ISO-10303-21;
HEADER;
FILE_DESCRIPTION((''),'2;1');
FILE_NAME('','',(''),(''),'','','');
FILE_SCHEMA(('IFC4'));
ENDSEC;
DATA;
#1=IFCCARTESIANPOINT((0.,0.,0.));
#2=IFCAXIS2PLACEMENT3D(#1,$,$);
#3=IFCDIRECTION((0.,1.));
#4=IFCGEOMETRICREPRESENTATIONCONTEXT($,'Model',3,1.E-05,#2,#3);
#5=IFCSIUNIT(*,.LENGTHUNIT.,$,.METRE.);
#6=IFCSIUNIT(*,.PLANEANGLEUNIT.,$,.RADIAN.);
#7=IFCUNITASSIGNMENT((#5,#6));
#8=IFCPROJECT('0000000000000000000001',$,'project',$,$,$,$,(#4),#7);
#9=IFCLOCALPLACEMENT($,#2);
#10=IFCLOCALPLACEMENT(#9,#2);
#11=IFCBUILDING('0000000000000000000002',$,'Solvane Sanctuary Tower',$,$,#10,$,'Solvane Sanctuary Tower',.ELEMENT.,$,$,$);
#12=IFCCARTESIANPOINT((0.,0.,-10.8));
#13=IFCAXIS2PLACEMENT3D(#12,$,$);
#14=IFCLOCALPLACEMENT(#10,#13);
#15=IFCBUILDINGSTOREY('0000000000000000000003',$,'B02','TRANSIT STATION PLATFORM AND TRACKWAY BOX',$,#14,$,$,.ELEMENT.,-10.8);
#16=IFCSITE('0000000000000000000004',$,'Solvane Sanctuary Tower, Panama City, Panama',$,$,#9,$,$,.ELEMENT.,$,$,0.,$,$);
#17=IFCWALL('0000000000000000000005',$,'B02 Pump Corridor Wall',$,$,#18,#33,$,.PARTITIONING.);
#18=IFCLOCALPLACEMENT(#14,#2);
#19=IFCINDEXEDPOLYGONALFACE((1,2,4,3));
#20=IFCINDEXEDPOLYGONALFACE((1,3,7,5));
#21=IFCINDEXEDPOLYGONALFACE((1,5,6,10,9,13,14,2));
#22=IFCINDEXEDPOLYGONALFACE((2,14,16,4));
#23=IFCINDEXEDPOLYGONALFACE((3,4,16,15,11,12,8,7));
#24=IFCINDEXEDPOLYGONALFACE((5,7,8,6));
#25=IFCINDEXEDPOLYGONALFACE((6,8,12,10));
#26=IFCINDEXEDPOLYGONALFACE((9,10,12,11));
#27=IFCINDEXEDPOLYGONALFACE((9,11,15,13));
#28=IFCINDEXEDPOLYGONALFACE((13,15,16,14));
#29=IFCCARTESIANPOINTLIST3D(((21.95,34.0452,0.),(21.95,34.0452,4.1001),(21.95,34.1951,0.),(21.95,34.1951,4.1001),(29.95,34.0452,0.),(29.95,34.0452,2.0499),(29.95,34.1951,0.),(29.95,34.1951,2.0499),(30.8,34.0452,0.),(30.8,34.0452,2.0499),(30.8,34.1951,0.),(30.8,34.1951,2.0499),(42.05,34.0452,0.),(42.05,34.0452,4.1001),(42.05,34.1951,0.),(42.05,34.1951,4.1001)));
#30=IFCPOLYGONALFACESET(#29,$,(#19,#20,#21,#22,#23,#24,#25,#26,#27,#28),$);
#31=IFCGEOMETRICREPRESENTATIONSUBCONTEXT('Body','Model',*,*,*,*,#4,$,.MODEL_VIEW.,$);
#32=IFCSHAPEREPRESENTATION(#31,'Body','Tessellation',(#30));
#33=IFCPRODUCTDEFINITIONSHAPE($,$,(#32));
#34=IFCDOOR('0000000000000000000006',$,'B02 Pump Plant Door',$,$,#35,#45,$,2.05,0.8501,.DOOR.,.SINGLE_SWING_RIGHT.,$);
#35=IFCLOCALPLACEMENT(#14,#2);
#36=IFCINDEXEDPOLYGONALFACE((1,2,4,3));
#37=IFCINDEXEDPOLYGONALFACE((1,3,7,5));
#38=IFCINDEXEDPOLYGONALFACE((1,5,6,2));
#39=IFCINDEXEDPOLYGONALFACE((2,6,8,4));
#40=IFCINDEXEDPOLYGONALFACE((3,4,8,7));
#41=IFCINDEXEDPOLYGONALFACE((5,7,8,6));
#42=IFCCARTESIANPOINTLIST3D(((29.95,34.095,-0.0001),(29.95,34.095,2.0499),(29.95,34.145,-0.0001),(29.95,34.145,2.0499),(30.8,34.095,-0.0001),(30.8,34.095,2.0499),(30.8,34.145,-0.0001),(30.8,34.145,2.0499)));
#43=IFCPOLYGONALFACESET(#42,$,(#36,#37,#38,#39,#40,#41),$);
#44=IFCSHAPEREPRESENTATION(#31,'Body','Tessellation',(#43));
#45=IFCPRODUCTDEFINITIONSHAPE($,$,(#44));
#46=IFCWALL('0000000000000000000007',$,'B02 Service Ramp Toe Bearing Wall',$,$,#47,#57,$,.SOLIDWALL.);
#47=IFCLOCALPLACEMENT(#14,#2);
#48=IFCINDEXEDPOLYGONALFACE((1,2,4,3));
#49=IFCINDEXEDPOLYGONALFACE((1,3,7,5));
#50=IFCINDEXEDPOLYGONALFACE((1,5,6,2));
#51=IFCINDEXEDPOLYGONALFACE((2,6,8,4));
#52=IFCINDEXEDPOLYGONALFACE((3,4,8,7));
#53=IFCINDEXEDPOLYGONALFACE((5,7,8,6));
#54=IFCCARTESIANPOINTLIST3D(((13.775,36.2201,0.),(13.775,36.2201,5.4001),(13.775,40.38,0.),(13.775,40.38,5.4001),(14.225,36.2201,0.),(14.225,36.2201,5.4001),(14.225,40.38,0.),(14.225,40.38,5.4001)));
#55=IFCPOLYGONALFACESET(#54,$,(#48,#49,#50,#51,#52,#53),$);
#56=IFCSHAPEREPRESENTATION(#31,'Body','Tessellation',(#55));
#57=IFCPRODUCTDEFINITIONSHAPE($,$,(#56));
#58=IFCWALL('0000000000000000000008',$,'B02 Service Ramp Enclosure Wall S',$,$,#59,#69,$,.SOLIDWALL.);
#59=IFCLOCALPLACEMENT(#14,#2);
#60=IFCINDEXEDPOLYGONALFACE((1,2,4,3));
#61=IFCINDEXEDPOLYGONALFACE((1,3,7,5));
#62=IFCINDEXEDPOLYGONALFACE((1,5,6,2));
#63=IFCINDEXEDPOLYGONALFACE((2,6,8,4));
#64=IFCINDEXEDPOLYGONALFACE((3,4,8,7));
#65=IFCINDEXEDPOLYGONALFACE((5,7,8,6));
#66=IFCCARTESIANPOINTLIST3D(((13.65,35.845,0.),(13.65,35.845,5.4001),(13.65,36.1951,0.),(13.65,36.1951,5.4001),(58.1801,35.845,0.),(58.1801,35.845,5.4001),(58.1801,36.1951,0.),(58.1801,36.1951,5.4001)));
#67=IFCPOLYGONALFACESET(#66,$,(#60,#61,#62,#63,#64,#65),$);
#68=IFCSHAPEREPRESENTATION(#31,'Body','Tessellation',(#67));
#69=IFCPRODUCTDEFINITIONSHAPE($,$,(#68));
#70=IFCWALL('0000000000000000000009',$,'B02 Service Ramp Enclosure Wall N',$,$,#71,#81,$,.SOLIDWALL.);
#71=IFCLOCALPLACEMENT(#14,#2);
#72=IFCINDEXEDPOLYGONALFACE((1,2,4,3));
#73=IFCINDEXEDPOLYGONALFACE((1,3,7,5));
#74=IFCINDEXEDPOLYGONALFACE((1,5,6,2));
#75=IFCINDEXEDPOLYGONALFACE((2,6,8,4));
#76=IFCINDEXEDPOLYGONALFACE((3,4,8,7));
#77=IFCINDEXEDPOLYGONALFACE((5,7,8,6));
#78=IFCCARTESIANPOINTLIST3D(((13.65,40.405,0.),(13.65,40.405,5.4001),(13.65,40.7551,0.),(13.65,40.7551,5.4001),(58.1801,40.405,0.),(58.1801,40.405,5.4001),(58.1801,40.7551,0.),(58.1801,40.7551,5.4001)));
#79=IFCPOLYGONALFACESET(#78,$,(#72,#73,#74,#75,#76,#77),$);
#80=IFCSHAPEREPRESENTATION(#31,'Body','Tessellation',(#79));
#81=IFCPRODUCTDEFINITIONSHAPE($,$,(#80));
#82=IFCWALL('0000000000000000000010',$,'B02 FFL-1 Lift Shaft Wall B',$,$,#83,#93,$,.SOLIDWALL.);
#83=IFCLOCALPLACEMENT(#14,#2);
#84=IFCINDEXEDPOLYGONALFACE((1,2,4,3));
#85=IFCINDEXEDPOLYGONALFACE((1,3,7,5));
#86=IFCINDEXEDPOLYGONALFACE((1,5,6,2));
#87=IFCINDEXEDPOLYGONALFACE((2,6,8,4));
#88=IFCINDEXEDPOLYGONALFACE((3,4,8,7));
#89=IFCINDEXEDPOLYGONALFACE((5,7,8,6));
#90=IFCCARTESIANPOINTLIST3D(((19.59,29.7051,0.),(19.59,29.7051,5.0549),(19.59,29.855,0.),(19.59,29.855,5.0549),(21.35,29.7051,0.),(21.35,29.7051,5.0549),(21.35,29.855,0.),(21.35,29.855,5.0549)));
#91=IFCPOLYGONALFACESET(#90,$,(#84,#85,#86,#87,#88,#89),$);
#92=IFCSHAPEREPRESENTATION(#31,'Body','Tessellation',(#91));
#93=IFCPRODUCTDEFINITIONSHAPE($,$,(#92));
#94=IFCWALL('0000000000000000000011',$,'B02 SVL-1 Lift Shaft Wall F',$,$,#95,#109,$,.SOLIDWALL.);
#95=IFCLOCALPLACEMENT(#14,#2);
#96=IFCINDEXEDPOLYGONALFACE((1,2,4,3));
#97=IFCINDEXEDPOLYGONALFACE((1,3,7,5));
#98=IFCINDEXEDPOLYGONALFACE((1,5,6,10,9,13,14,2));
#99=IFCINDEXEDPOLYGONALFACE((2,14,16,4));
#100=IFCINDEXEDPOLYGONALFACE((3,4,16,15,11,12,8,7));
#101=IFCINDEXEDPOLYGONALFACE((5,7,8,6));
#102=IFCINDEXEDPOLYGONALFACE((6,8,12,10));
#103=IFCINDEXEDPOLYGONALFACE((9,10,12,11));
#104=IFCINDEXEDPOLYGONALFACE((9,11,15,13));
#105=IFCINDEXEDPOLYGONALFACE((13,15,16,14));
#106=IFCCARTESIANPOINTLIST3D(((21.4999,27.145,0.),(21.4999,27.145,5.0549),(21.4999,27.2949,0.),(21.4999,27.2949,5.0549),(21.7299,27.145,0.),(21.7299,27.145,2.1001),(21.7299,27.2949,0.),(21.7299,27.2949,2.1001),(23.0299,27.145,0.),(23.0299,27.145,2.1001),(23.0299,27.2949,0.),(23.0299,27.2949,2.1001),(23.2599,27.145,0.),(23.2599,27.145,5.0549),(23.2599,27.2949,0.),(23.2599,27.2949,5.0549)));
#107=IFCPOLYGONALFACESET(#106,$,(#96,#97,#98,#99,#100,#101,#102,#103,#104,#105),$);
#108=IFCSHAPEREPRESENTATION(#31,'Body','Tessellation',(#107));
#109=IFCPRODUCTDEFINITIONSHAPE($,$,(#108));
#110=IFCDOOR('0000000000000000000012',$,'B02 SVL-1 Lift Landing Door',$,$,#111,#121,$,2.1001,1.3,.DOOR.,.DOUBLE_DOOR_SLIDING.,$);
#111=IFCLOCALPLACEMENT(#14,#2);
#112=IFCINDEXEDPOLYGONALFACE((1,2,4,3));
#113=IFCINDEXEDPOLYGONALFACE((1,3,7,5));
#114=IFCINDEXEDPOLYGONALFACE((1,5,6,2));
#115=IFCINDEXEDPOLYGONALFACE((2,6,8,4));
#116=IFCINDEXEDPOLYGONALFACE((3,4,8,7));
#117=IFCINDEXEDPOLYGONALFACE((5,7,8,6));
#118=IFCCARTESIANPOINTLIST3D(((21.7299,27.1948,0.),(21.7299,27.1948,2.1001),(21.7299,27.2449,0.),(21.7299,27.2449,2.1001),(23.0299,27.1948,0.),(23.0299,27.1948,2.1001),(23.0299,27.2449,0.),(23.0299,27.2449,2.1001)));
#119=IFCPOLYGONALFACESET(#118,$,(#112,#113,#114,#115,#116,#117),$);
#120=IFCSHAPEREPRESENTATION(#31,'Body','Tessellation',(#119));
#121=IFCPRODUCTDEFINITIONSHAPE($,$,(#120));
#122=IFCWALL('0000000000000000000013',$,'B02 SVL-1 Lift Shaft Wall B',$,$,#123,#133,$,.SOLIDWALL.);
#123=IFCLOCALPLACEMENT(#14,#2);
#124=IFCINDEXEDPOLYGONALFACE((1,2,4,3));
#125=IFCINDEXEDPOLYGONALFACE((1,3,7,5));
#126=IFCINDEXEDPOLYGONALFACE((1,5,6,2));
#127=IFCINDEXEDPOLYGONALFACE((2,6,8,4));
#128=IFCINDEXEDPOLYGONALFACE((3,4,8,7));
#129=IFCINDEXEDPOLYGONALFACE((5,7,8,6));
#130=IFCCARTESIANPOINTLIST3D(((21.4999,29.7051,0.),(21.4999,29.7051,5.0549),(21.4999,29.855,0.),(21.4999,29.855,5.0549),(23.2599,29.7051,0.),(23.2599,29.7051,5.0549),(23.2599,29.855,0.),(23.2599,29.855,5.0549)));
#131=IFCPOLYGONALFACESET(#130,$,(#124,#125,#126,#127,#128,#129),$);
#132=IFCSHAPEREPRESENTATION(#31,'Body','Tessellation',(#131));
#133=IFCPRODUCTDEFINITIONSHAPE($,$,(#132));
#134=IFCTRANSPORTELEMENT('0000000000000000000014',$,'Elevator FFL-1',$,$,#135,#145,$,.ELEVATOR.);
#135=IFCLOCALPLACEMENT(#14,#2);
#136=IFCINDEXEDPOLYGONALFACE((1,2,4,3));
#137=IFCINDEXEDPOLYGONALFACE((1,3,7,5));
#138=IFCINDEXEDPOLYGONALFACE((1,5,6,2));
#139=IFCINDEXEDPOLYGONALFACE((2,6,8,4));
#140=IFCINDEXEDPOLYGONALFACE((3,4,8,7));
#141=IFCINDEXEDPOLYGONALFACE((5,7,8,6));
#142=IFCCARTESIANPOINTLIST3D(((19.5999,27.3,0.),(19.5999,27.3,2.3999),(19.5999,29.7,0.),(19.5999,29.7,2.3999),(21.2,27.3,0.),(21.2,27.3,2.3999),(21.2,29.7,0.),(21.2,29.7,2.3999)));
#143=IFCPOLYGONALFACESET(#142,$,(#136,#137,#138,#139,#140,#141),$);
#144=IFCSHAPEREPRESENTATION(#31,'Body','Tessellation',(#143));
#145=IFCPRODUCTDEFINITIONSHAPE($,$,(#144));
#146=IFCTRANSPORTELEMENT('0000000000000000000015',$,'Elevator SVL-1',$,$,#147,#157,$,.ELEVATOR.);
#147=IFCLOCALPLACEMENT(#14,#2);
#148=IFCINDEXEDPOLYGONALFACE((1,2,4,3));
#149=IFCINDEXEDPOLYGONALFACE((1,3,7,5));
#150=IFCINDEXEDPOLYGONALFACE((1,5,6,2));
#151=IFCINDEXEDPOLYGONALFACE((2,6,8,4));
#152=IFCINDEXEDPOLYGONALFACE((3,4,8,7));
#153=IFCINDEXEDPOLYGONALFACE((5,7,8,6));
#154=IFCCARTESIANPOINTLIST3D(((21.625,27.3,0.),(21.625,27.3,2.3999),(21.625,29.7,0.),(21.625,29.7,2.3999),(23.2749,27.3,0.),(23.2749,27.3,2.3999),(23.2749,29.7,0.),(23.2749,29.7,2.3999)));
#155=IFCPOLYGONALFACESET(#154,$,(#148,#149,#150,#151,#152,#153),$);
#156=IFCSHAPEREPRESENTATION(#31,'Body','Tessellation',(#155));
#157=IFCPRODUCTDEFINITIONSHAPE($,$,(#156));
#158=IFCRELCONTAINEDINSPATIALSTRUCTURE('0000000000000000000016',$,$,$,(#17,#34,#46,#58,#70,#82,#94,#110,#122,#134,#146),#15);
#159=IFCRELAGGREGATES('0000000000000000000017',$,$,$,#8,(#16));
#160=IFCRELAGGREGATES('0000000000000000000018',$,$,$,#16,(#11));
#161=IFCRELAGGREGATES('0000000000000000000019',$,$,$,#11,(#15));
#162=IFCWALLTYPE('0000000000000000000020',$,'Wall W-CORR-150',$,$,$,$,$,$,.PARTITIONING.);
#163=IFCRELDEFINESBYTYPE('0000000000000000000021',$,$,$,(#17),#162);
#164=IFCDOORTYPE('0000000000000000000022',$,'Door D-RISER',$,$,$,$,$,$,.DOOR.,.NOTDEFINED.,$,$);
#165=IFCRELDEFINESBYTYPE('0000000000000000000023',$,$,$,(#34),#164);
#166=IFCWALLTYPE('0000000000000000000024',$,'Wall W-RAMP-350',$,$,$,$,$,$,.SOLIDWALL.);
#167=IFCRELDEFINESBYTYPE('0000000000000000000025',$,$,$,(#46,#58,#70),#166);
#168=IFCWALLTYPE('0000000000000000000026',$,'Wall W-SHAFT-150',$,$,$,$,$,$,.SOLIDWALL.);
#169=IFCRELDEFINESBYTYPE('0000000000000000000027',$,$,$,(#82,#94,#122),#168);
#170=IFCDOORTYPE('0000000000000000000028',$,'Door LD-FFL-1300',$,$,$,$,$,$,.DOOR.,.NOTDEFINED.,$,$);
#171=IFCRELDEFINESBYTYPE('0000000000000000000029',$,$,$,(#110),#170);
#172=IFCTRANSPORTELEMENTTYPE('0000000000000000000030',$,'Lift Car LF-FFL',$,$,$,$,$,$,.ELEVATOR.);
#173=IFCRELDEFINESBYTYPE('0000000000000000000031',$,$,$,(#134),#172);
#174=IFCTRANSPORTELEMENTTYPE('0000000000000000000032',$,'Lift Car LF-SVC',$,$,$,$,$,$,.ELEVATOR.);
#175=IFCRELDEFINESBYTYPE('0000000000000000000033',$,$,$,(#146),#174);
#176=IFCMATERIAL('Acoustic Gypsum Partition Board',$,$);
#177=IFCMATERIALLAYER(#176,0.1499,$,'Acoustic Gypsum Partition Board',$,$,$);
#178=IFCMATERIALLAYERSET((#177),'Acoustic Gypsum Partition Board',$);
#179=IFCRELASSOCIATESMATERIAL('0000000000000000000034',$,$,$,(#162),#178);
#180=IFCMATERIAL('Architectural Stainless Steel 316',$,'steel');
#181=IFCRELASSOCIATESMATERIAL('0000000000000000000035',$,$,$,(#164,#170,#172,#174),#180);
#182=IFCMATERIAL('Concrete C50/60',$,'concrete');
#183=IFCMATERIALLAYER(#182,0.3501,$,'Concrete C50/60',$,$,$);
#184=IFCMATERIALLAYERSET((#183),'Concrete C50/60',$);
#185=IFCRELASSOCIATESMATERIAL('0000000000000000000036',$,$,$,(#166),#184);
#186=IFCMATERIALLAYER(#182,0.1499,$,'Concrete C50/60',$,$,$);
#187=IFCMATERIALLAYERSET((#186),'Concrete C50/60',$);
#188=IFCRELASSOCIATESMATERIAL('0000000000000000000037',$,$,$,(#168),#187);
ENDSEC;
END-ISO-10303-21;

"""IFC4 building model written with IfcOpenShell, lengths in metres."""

from ifc_helpers import new_model, si_unit, direction, frame, frame_2d, origin, origin_2d, place, context, subcontext, project, spatial, rectangle, extrude, material, layer, layer_set, type_object, element, fill, save


model = new_model("IFC4")

# Units and contexts
model_context = context("Model", 3, precision=1e-05, world=origin(), true_north=direction((0.0, 1.0)))
body_context = subcontext(model_context, "Body", "Model", "MODEL_VIEW")
ifc_project = project(units=[si_unit("LENGTHUNIT", "METRE"), si_unit("PLANEANGLEUNIT", "RADIAN")], contexts=[model_context])

# Site, building, storey
site_placement = place(None, origin())
site = spatial("IfcSite", under=ifc_project, at=site_placement, Name="Solvane Sanctuary Tower, Panama City, Panama", CompositionType="ELEMENT", RefElevation=0.0)
building_placement = place(site_placement, origin())
building = spatial("IfcBuilding", under=site, at=building_placement, Name="Solvane Sanctuary Tower", LongName="Solvane Sanctuary Tower", CompositionType="ELEMENT")
storey_placement = place(building_placement, frame((0.0, 0.0, -10.8)))
storey = spatial("IfcBuildingStorey", under=building, at=storey_placement, Name="B02", Description="TRANSIT STATION PLATFORM AND TRACKWAY BOX", CompositionType="ELEMENT", Elevation=-10.8)

# Shared definitions
ifc_material_1 = material(Name="Concrete C50/60", Category="concrete")

# Shared definitions
ifc_material_2 = material(Name="Acoustic Gypsum Partition Board")
ifc_layer_1 = layer(ifc_material_2, 0.1499, Name="Acoustic Gypsum Partition Board")
ifc_layer_set_1 = layer_set([ifc_layer_1], Name="Acoustic Gypsum Partition Board")
wall_type_1 = type_object("IfcWallType", Name="Wall W-CORR-150", PredefinedType="PARTITIONING", material=ifc_layer_set_1)

# Wall, opening, door
wall_1_placement = place(storey_placement, frame((21.95, 34.1201, 0.0), z_axis=(0.0, 0.0, 1.0), x_axis=(1.0, 0.0, 0.0)))
wall_1 = element("IfcWall", 1, at=wall_1_placement, inside=storey, type_object=wall_type_1, Name="B02 Pump Corridor Wall", PredefinedType="PARTITIONING", context=body_context, shape_type="SweptSolid", body=[
    extrude(rectangle(XDim=20.1001, YDim=0.1499, at=frame_2d((10.05, 0.0))), origin(), (0.0, 0.0, 1.0), 4.1001),
])
opening_1_placement = place(wall_1_placement, frame((8.0, 0.0, 0.0)))
opening_1 = element("IfcOpeningElement", 2, at=opening_1_placement, cuts=wall_1, PredefinedType="OPENING", context=body_context, shape_type="SweptSolid", body=[
    extrude(rectangle(XDim=0.8501, YDim=2.05, at=frame_2d((0.425, 1.0249))), frame((0.0, 0.085, 0.0), z_axis=(0.0, -1.0, 0.0), x_axis=(1.0, 0.0, 0.0)), (0.0, 0.0, 1.0), 0.1699),
])
ifc_material_3 = material(Name="Architectural Stainless Steel 316", Category="steel")
door_type_1 = type_object("IfcDoorType", Name="Door D-RISER", OperationType="NOTDEFINED", PredefinedType="DOOR", material=ifc_material_3)
door_1_placement = place(opening_1_placement, origin())
door_1 = element("IfcDoor", 3, at=door_1_placement, inside=storey, type_object=door_type_1, Name="B02 Pump Plant Door", OperationType="SINGLE_SWING_RIGHT", OverallHeight=2.05, OverallWidth=0.8501, PredefinedType="DOOR", context=body_context, shape_type="SweptSolid", body=[
    extrude(rectangle(XDim=0.8501, YDim=2.05, at=frame_2d((0.425, 1.0249))), frame((0.0, 0.0249, 0.0), z_axis=(0.0, -1.0, 0.0), x_axis=(1.0, 0.0, 0.0)), (0.0, 0.0, 1.0), 0.05),
])
fill(opening_1, door_1)

# Walls
ifc_layer_2 = layer(ifc_material_1, 0.3501, Name="Concrete C50/60")
ifc_layer_set_2 = layer_set([ifc_layer_2], Name="Concrete C50/60")
wall_type_2 = type_object("IfcWallType", Name="Wall W-RAMP-350", PredefinedType="SOLIDWALL", material=ifc_layer_set_2)
wall_2_placement = place(storey_placement, frame((14.0, 36.22, 0.0), z_axis=(0.0, 0.0, 1.0), x_axis=(0.0, 1.0, 0.0)))
element("IfcWall", 4, at=wall_2_placement, inside=storey, type_object=wall_type_2, Name="B02 Service Ramp Toe Bearing Wall", PredefinedType="SOLIDWALL", context=body_context, shape_type="SweptSolid", body=[
    extrude(rectangle(XDim=4.1599, YDim=0.45, at=frame_2d((2.0801, 0.0))), origin(), (0.0, 0.0, 1.0), 5.4001),
])
for number, where, z_axis, x_axis, name in (
    (5, (13.6499, 36.02, 0.0), (0.0, 0.0, 1.0), (1.0, 0.0, 0.0), "B02 Service Ramp Enclosure Wall S"),
    (6, (13.6499, 40.5801, 0.0), (0.0, 0.0, 1.0), (1.0, 0.0, 0.0), "B02 Service Ramp Enclosure Wall N"),
):
    element("IfcWall", number, at=place(storey_placement, frame(where, z_axis=z_axis, x_axis=x_axis)), inside=storey, type_object=wall_type_2, Name=name, PredefinedType="SOLIDWALL", context=body_context, shape_type="SweptSolid", body=[
        extrude(rectangle(XDim=44.53, YDim=0.3501, at=frame_2d((22.2651, 0.0))), origin(), (0.0, 0.0, 1.0), 5.4001),
    ])
ifc_layer_3 = layer(ifc_material_1, 0.1499, Name="Concrete C50/60")
ifc_layer_set_3 = layer_set([ifc_layer_3], Name="Concrete C50/60")
wall_type_3 = type_object("IfcWallType", Name="Wall W-SHAFT-150", PredefinedType="SOLIDWALL", material=ifc_layer_set_3)
wall_3_placement = place(storey_placement, frame((19.5901, 29.78, 0.0), z_axis=(0.0, 0.0, 1.0), x_axis=(1.0, 0.0, 0.0)))
element("IfcWall", 7, at=wall_3_placement, inside=storey, type_object=wall_type_3, Name="B02 FFL-1 Lift Shaft Wall B", PredefinedType="SOLIDWALL", context=body_context, shape_type="SweptSolid", body=[
    extrude(rectangle(XDim=1.76, YDim=0.1499, at=frame_2d((0.8799, 0.0))), origin(), (0.0, 0.0, 1.0), 5.0549),
])

# Wall, opening, door
wall_4_placement = place(storey_placement, frame((21.5, 27.22, 0.0), z_axis=(0.0, 0.0, 1.0), x_axis=(1.0, 0.0, 0.0)))
wall_4 = element("IfcWall", 8, at=wall_4_placement, inside=storey, type_object=wall_type_3, Name="B02 SVL-1 Lift Shaft Wall F", PredefinedType="SOLIDWALL", context=body_context, shape_type="SweptSolid", body=[
    extrude(rectangle(XDim=1.76, YDim=0.1499, at=frame_2d((0.8799, 0.0))), origin(), (0.0, 0.0, 1.0), 5.0549),
])
opening_2_placement = place(wall_4_placement, frame((0.23, 0.0, 0.0)))
opening_2 = element("IfcOpeningElement", 9, at=opening_2_placement, cuts=wall_4, PredefinedType="OPENING", context=body_context, shape_type="SweptSolid", body=[
    extrude(rectangle(XDim=1.3, YDim=2.1001, at=frame_2d((0.6499, 1.05))), frame((0.0, 0.085, 0.0), z_axis=(0.0, -1.0, 0.0), x_axis=(1.0, 0.0, 0.0)), (0.0, 0.0, 1.0), 0.1699),
])
door_type_2 = type_object("IfcDoorType", Name="Door LD-FFL-1300", OperationType="NOTDEFINED", PredefinedType="DOOR", material=ifc_material_3)
door_2_placement = place(opening_2_placement, origin())
door_2 = element("IfcDoor", 10, at=door_2_placement, inside=storey, type_object=door_type_2, Name="B02 SVL-1 Lift Landing Door", OperationType="DOUBLE_DOOR_SLIDING", OverallHeight=2.1001, OverallWidth=1.3, PredefinedType="DOOR", context=body_context, shape_type="SweptSolid", body=[
    extrude(rectangle(XDim=1.3, YDim=2.1001, at=frame_2d((0.6499, 1.05))), frame((0.0, 0.0249, 0.0), z_axis=(0.0, -1.0, 0.0), x_axis=(1.0, 0.0, 0.0)), (0.0, 0.0, 1.0), 0.05),
])
fill(opening_2, door_2)

# Wall
wall_5_placement = place(storey_placement, frame((21.5, 29.78, 0.0), z_axis=(0.0, 0.0, 1.0), x_axis=(1.0, 0.0, 0.0)))
element("IfcWall", 11, at=wall_5_placement, inside=storey, type_object=wall_type_3, Name="B02 SVL-1 Lift Shaft Wall B", PredefinedType="SOLIDWALL", context=body_context, shape_type="SweptSolid", body=[
    extrude(rectangle(XDim=1.76, YDim=0.1499, at=frame_2d((0.8799, 0.0))), origin(), (0.0, 0.0, 1.0), 5.0549),
])

# Transport elements
transport_element_type_1 = type_object("IfcTransportElementType", Name="Lift Car LF-FFL", PredefinedType="ELEVATOR", material=ifc_material_3)
transport_element_1_placement = place(storey_placement, frame((20.3999, 28.5, 0.0), z_axis=(0.0, 0.0, 1.0), x_axis=(1.0, 0.0, 0.0)))
element("IfcTransportElement", 12, at=transport_element_1_placement, inside=storey, type_object=transport_element_type_1, Name="Elevator FFL-1", PredefinedType="ELEVATOR", context=body_context, shape_type="SweptSolid", body=[
    extrude(rectangle(XDim=1.6001, YDim=2.3999, at=origin_2d()), origin(), (0.0, 0.0, 1.0), 2.3999),
])
transport_element_type_2 = type_object("IfcTransportElementType", Name="Lift Car LF-SVC", PredefinedType="ELEVATOR", material=ifc_material_3)
transport_element_2_placement = place(storey_placement, frame((22.45, 28.5, 0.0), z_axis=(0.0, 0.0, 1.0), x_axis=(1.0, 0.0, 0.0)))
element("IfcTransportElement", 13, at=transport_element_2_placement, inside=storey, type_object=transport_element_type_2, Name="Elevator SVL-1", PredefinedType="ELEVATOR", context=body_context, shape_type="SweptSolid", body=[
    extrude(rectangle(XDim=1.6499, YDim=2.3999, at=origin_2d()), origin(), (0.0, 0.0, 1.0), 2.3999),
])

save(model, "model.ifc")
